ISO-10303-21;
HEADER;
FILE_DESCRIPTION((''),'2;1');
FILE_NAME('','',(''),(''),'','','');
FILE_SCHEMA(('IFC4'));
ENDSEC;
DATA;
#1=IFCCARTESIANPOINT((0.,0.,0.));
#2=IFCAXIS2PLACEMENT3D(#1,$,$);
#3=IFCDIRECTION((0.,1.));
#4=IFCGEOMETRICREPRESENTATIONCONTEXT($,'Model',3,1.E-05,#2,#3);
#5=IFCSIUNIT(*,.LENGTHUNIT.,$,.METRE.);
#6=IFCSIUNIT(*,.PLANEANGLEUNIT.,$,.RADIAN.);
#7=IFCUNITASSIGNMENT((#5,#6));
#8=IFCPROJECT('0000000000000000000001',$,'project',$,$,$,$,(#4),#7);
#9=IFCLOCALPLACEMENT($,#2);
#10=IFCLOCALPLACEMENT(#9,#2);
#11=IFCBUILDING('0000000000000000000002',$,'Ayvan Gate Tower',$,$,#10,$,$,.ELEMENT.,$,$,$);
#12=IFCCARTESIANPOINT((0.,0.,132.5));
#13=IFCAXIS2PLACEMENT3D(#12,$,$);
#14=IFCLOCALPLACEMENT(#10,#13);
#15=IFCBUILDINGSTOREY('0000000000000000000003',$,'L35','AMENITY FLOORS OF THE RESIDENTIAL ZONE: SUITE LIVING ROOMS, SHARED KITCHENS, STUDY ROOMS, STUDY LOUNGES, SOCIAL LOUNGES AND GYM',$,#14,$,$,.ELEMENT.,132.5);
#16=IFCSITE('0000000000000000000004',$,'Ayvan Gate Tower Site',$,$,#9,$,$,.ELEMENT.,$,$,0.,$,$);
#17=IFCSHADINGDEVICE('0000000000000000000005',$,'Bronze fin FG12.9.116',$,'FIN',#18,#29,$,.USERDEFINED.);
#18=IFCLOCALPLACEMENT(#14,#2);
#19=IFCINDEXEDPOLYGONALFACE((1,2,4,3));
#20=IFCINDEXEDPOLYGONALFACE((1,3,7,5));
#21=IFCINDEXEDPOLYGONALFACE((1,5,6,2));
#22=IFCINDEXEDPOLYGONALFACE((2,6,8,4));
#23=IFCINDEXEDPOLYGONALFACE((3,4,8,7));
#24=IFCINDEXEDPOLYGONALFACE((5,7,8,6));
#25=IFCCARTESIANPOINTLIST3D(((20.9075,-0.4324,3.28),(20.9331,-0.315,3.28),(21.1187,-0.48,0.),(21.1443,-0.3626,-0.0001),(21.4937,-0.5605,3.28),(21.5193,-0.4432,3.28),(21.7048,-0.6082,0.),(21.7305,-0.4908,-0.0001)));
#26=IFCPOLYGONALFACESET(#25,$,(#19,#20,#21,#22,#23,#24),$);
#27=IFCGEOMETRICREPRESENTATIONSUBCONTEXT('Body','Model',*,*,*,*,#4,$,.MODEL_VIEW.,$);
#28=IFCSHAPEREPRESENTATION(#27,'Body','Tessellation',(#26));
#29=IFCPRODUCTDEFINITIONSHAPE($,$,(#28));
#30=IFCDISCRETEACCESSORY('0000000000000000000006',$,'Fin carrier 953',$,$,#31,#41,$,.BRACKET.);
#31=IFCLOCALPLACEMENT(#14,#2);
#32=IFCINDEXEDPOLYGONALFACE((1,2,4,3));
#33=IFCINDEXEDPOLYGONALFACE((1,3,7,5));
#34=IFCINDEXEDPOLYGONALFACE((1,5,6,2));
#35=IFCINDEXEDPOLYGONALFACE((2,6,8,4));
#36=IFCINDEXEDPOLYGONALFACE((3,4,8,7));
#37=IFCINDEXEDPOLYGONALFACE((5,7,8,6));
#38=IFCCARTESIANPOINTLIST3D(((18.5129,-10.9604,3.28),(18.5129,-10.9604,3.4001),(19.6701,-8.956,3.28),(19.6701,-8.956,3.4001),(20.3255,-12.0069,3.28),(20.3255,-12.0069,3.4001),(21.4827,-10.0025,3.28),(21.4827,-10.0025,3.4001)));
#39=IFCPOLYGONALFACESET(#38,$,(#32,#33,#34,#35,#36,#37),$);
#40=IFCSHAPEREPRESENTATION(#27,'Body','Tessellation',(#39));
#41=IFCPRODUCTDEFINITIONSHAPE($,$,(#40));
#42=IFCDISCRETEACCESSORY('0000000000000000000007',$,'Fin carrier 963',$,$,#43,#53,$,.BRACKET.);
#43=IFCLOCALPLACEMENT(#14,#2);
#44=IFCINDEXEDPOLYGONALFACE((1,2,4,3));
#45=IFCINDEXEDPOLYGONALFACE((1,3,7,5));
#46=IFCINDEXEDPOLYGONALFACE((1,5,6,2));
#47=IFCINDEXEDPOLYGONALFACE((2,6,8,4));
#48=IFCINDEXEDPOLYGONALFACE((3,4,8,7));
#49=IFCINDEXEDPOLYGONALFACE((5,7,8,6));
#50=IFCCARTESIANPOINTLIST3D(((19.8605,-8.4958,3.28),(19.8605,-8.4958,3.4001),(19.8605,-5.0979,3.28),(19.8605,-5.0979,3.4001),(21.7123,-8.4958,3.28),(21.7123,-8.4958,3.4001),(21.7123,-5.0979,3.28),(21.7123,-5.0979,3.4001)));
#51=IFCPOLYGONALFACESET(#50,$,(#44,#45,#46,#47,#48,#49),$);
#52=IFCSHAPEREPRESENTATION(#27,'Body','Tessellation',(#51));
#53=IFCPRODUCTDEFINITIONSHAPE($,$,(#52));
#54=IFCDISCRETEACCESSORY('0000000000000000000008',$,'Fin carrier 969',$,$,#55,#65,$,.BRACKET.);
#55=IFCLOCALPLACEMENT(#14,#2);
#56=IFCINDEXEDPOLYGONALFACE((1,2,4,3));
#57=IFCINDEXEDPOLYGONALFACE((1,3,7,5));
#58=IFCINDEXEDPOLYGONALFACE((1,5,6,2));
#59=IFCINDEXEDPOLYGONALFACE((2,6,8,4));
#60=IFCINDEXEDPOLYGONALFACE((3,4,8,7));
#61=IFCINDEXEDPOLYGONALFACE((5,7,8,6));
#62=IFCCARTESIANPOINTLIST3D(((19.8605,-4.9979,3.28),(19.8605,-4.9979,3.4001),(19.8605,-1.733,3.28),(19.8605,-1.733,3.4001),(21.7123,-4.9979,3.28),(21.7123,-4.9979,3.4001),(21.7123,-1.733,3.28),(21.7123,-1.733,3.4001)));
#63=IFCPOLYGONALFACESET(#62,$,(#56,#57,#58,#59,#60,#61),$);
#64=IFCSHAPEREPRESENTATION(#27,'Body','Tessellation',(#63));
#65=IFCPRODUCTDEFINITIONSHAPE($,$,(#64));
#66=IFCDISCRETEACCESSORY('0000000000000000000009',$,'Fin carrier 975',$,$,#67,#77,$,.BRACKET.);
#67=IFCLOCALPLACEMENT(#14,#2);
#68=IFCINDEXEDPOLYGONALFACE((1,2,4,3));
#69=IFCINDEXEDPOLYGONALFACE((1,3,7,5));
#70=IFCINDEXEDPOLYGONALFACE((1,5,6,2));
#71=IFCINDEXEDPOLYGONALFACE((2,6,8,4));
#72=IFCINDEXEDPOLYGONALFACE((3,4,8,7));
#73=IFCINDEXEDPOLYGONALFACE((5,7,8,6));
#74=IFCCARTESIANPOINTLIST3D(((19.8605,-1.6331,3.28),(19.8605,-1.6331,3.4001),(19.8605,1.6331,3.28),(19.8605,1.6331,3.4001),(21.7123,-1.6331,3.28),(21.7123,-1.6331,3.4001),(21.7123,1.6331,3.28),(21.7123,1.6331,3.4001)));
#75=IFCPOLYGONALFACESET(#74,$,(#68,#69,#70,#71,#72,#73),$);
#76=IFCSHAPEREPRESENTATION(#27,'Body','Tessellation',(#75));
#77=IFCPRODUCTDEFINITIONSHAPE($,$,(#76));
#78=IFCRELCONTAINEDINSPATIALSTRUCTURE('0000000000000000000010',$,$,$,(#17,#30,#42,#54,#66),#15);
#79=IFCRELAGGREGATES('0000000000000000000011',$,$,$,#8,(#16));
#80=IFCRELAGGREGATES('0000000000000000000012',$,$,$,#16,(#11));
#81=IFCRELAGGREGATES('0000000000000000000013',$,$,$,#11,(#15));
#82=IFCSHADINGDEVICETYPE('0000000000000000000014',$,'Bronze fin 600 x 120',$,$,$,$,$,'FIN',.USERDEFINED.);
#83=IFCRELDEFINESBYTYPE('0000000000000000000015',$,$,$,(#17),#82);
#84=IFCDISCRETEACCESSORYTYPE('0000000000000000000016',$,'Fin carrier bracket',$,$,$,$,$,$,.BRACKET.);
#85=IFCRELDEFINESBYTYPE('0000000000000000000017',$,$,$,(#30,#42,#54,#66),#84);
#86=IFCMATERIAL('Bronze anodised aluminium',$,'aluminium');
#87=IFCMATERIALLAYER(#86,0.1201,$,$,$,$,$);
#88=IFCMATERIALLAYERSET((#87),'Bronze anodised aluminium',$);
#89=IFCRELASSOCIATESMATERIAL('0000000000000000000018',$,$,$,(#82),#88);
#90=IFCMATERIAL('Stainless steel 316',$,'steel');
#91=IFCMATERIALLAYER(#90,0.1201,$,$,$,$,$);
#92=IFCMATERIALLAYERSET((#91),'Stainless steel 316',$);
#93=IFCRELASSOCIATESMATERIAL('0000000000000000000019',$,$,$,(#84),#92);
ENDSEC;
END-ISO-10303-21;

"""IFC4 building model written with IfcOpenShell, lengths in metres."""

from ifc_helpers import new_model, si_unit, direction, frame, origin, origin_2d, place, context, subcontext, project, spatial, polyline, rectangle, outline, extrude, material, layer, layer_set, type_object, element, save


model = new_model("IFC4")

# Units and contexts
model_context = context("Model", 3, precision=1e-05, world=origin(), true_north=direction((0.0, 1.0)))
body_context = subcontext(model_context, "Body", "Model", "MODEL_VIEW")
ifc_project = project(units=[si_unit("LENGTHUNIT", "METRE"), si_unit("PLANEANGLEUNIT", "RADIAN")], contexts=[model_context])

# Site, building, storey
site_placement = place(None, origin())
site = spatial("IfcSite", under=ifc_project, at=site_placement, Name="Ayvan Gate Tower Site", CompositionType="ELEMENT", RefElevation=0.0)
building_placement = place(site_placement, origin())
building = spatial("IfcBuilding", under=site, at=building_placement, Name="Ayvan Gate Tower", CompositionType="ELEMENT")
storey_placement = place(building_placement, frame((0.0, 0.0, 132.5)))
storey = spatial("IfcBuildingStorey", under=building, at=storey_placement, Name="L35", Description="AMENITY FLOORS OF THE RESIDENTIAL ZONE: SUITE LIVING ROOMS, SHARED KITCHENS, STUDY ROOMS, STUDY LOUNGES, SOCIAL LOUNGES AND GYM", CompositionType="ELEMENT", Elevation=132.5)

# Shared definitions
ifc_material_1 = material(Name="Bronze anodised aluminium", Category="aluminium")

# Shading device
ifc_layer_1 = layer(ifc_material_1, 0.1201)
ifc_layer_set_1 = layer_set([ifc_layer_1], Name="Bronze anodised aluminium")
shading_device_type = type_object("IfcShadingDeviceType", Name="Bronze fin 600 x 120", ElementType="FIN", PredefinedType="USERDEFINED", material=ifc_layer_set_1)
shading_device_1_placement = place(storey_placement, frame((21.1187, -0.48, 0.0), z_axis=(-0.213612, -0.976919, 0.000426), x_axis=(0.976919, -0.213612, 0.0)))
element("IfcShadingDevice", 1, at=shading_device_1_placement, inside=storey, type_object=shading_device_type, Name="Bronze fin FG12.9.116", ObjectType="FIN", PredefinedType="USERDEFINED", context=body_context, shape_type="SweptSolid", body=[
    extrude(outline(polyline([(0.0, 0.0), (0.6, 0.0), (0.3836, 3.28), (-0.2165, 3.28), (0.0, 0.0)])), origin(), (0.0, 0.0, -1.0), 0.1201),
])

# Discrete accessories
ifc_material_2 = material(Name="Stainless steel 316", Category="steel")
ifc_layer_2 = layer(ifc_material_2, 0.1201)
ifc_layer_set_2 = layer_set([ifc_layer_2], Name="Stainless steel 316")
discrete_accessory_type = type_object("IfcDiscreteAccessoryType", Name="Fin carrier bracket", PredefinedType="BRACKET", material=ifc_layer_set_2)
discrete_accessory_1_placement = place(storey_placement, frame((19.9978, -10.4814, 3.28), z_axis=(0.0, 0.0, 1.0), x_axis=(0.5, 0.866025, 0.0)))
element("IfcDiscreteAccessory", 2, at=discrete_accessory_1_placement, inside=storey, type_object=discrete_accessory_type, Name="Fin carrier 953", PredefinedType="BRACKET", context=body_context, shape_type="SweptSolid", body=[
    extrude(rectangle(XDim=2.3145, YDim=2.093, at=origin_2d()), origin(), (0.0, 0.0, 1.0), 0.1201),
])
discrete_accessory_2_placement = place(storey_placement, frame((20.7864, -6.7969, 3.28), z_axis=(0.0, 0.0, 1.0), x_axis=(0.0, 1.0, 0.0)))
element("IfcDiscreteAccessory", 3, at=discrete_accessory_2_placement, inside=storey, type_object=discrete_accessory_type, Name="Fin carrier 963", PredefinedType="BRACKET", context=body_context, shape_type="SweptSolid", body=[
    extrude(rectangle(XDim=3.3979, YDim=1.8518, at=origin_2d()), origin(), (0.0, 0.0, 1.0), 0.1201),
])
discrete_accessory_3_placement = place(storey_placement, frame((20.7864, -3.3655, 3.28), z_axis=(0.0, 0.0, 1.0), x_axis=(0.0, 1.0, 0.0)))
element("IfcDiscreteAccessory", 4, at=discrete_accessory_3_placement, inside=storey, type_object=discrete_accessory_type, Name="Fin carrier 969", PredefinedType="BRACKET", context=body_context, shape_type="SweptSolid", body=[
    extrude(rectangle(XDim=3.2649, YDim=1.8518, at=origin_2d()), origin(), (0.0, 0.0, 1.0), 0.1201),
])
discrete_accessory_4_placement = place(storey_placement, frame((20.7864, 0.0, 3.28), z_axis=(0.0, 0.0, 1.0), x_axis=(0.0, 1.0, 0.0)))
element("IfcDiscreteAccessory", 5, at=discrete_accessory_4_placement, inside=storey, type_object=discrete_accessory_type, Name="Fin carrier 975", PredefinedType="BRACKET", context=body_context, shape_type="SweptSolid", body=[
    extrude(rectangle(XDim=3.2661, YDim=1.8518, at=origin_2d()), origin(), (0.0, 0.0, 1.0), 0.1201),
])

save(model, "model.ifc")
